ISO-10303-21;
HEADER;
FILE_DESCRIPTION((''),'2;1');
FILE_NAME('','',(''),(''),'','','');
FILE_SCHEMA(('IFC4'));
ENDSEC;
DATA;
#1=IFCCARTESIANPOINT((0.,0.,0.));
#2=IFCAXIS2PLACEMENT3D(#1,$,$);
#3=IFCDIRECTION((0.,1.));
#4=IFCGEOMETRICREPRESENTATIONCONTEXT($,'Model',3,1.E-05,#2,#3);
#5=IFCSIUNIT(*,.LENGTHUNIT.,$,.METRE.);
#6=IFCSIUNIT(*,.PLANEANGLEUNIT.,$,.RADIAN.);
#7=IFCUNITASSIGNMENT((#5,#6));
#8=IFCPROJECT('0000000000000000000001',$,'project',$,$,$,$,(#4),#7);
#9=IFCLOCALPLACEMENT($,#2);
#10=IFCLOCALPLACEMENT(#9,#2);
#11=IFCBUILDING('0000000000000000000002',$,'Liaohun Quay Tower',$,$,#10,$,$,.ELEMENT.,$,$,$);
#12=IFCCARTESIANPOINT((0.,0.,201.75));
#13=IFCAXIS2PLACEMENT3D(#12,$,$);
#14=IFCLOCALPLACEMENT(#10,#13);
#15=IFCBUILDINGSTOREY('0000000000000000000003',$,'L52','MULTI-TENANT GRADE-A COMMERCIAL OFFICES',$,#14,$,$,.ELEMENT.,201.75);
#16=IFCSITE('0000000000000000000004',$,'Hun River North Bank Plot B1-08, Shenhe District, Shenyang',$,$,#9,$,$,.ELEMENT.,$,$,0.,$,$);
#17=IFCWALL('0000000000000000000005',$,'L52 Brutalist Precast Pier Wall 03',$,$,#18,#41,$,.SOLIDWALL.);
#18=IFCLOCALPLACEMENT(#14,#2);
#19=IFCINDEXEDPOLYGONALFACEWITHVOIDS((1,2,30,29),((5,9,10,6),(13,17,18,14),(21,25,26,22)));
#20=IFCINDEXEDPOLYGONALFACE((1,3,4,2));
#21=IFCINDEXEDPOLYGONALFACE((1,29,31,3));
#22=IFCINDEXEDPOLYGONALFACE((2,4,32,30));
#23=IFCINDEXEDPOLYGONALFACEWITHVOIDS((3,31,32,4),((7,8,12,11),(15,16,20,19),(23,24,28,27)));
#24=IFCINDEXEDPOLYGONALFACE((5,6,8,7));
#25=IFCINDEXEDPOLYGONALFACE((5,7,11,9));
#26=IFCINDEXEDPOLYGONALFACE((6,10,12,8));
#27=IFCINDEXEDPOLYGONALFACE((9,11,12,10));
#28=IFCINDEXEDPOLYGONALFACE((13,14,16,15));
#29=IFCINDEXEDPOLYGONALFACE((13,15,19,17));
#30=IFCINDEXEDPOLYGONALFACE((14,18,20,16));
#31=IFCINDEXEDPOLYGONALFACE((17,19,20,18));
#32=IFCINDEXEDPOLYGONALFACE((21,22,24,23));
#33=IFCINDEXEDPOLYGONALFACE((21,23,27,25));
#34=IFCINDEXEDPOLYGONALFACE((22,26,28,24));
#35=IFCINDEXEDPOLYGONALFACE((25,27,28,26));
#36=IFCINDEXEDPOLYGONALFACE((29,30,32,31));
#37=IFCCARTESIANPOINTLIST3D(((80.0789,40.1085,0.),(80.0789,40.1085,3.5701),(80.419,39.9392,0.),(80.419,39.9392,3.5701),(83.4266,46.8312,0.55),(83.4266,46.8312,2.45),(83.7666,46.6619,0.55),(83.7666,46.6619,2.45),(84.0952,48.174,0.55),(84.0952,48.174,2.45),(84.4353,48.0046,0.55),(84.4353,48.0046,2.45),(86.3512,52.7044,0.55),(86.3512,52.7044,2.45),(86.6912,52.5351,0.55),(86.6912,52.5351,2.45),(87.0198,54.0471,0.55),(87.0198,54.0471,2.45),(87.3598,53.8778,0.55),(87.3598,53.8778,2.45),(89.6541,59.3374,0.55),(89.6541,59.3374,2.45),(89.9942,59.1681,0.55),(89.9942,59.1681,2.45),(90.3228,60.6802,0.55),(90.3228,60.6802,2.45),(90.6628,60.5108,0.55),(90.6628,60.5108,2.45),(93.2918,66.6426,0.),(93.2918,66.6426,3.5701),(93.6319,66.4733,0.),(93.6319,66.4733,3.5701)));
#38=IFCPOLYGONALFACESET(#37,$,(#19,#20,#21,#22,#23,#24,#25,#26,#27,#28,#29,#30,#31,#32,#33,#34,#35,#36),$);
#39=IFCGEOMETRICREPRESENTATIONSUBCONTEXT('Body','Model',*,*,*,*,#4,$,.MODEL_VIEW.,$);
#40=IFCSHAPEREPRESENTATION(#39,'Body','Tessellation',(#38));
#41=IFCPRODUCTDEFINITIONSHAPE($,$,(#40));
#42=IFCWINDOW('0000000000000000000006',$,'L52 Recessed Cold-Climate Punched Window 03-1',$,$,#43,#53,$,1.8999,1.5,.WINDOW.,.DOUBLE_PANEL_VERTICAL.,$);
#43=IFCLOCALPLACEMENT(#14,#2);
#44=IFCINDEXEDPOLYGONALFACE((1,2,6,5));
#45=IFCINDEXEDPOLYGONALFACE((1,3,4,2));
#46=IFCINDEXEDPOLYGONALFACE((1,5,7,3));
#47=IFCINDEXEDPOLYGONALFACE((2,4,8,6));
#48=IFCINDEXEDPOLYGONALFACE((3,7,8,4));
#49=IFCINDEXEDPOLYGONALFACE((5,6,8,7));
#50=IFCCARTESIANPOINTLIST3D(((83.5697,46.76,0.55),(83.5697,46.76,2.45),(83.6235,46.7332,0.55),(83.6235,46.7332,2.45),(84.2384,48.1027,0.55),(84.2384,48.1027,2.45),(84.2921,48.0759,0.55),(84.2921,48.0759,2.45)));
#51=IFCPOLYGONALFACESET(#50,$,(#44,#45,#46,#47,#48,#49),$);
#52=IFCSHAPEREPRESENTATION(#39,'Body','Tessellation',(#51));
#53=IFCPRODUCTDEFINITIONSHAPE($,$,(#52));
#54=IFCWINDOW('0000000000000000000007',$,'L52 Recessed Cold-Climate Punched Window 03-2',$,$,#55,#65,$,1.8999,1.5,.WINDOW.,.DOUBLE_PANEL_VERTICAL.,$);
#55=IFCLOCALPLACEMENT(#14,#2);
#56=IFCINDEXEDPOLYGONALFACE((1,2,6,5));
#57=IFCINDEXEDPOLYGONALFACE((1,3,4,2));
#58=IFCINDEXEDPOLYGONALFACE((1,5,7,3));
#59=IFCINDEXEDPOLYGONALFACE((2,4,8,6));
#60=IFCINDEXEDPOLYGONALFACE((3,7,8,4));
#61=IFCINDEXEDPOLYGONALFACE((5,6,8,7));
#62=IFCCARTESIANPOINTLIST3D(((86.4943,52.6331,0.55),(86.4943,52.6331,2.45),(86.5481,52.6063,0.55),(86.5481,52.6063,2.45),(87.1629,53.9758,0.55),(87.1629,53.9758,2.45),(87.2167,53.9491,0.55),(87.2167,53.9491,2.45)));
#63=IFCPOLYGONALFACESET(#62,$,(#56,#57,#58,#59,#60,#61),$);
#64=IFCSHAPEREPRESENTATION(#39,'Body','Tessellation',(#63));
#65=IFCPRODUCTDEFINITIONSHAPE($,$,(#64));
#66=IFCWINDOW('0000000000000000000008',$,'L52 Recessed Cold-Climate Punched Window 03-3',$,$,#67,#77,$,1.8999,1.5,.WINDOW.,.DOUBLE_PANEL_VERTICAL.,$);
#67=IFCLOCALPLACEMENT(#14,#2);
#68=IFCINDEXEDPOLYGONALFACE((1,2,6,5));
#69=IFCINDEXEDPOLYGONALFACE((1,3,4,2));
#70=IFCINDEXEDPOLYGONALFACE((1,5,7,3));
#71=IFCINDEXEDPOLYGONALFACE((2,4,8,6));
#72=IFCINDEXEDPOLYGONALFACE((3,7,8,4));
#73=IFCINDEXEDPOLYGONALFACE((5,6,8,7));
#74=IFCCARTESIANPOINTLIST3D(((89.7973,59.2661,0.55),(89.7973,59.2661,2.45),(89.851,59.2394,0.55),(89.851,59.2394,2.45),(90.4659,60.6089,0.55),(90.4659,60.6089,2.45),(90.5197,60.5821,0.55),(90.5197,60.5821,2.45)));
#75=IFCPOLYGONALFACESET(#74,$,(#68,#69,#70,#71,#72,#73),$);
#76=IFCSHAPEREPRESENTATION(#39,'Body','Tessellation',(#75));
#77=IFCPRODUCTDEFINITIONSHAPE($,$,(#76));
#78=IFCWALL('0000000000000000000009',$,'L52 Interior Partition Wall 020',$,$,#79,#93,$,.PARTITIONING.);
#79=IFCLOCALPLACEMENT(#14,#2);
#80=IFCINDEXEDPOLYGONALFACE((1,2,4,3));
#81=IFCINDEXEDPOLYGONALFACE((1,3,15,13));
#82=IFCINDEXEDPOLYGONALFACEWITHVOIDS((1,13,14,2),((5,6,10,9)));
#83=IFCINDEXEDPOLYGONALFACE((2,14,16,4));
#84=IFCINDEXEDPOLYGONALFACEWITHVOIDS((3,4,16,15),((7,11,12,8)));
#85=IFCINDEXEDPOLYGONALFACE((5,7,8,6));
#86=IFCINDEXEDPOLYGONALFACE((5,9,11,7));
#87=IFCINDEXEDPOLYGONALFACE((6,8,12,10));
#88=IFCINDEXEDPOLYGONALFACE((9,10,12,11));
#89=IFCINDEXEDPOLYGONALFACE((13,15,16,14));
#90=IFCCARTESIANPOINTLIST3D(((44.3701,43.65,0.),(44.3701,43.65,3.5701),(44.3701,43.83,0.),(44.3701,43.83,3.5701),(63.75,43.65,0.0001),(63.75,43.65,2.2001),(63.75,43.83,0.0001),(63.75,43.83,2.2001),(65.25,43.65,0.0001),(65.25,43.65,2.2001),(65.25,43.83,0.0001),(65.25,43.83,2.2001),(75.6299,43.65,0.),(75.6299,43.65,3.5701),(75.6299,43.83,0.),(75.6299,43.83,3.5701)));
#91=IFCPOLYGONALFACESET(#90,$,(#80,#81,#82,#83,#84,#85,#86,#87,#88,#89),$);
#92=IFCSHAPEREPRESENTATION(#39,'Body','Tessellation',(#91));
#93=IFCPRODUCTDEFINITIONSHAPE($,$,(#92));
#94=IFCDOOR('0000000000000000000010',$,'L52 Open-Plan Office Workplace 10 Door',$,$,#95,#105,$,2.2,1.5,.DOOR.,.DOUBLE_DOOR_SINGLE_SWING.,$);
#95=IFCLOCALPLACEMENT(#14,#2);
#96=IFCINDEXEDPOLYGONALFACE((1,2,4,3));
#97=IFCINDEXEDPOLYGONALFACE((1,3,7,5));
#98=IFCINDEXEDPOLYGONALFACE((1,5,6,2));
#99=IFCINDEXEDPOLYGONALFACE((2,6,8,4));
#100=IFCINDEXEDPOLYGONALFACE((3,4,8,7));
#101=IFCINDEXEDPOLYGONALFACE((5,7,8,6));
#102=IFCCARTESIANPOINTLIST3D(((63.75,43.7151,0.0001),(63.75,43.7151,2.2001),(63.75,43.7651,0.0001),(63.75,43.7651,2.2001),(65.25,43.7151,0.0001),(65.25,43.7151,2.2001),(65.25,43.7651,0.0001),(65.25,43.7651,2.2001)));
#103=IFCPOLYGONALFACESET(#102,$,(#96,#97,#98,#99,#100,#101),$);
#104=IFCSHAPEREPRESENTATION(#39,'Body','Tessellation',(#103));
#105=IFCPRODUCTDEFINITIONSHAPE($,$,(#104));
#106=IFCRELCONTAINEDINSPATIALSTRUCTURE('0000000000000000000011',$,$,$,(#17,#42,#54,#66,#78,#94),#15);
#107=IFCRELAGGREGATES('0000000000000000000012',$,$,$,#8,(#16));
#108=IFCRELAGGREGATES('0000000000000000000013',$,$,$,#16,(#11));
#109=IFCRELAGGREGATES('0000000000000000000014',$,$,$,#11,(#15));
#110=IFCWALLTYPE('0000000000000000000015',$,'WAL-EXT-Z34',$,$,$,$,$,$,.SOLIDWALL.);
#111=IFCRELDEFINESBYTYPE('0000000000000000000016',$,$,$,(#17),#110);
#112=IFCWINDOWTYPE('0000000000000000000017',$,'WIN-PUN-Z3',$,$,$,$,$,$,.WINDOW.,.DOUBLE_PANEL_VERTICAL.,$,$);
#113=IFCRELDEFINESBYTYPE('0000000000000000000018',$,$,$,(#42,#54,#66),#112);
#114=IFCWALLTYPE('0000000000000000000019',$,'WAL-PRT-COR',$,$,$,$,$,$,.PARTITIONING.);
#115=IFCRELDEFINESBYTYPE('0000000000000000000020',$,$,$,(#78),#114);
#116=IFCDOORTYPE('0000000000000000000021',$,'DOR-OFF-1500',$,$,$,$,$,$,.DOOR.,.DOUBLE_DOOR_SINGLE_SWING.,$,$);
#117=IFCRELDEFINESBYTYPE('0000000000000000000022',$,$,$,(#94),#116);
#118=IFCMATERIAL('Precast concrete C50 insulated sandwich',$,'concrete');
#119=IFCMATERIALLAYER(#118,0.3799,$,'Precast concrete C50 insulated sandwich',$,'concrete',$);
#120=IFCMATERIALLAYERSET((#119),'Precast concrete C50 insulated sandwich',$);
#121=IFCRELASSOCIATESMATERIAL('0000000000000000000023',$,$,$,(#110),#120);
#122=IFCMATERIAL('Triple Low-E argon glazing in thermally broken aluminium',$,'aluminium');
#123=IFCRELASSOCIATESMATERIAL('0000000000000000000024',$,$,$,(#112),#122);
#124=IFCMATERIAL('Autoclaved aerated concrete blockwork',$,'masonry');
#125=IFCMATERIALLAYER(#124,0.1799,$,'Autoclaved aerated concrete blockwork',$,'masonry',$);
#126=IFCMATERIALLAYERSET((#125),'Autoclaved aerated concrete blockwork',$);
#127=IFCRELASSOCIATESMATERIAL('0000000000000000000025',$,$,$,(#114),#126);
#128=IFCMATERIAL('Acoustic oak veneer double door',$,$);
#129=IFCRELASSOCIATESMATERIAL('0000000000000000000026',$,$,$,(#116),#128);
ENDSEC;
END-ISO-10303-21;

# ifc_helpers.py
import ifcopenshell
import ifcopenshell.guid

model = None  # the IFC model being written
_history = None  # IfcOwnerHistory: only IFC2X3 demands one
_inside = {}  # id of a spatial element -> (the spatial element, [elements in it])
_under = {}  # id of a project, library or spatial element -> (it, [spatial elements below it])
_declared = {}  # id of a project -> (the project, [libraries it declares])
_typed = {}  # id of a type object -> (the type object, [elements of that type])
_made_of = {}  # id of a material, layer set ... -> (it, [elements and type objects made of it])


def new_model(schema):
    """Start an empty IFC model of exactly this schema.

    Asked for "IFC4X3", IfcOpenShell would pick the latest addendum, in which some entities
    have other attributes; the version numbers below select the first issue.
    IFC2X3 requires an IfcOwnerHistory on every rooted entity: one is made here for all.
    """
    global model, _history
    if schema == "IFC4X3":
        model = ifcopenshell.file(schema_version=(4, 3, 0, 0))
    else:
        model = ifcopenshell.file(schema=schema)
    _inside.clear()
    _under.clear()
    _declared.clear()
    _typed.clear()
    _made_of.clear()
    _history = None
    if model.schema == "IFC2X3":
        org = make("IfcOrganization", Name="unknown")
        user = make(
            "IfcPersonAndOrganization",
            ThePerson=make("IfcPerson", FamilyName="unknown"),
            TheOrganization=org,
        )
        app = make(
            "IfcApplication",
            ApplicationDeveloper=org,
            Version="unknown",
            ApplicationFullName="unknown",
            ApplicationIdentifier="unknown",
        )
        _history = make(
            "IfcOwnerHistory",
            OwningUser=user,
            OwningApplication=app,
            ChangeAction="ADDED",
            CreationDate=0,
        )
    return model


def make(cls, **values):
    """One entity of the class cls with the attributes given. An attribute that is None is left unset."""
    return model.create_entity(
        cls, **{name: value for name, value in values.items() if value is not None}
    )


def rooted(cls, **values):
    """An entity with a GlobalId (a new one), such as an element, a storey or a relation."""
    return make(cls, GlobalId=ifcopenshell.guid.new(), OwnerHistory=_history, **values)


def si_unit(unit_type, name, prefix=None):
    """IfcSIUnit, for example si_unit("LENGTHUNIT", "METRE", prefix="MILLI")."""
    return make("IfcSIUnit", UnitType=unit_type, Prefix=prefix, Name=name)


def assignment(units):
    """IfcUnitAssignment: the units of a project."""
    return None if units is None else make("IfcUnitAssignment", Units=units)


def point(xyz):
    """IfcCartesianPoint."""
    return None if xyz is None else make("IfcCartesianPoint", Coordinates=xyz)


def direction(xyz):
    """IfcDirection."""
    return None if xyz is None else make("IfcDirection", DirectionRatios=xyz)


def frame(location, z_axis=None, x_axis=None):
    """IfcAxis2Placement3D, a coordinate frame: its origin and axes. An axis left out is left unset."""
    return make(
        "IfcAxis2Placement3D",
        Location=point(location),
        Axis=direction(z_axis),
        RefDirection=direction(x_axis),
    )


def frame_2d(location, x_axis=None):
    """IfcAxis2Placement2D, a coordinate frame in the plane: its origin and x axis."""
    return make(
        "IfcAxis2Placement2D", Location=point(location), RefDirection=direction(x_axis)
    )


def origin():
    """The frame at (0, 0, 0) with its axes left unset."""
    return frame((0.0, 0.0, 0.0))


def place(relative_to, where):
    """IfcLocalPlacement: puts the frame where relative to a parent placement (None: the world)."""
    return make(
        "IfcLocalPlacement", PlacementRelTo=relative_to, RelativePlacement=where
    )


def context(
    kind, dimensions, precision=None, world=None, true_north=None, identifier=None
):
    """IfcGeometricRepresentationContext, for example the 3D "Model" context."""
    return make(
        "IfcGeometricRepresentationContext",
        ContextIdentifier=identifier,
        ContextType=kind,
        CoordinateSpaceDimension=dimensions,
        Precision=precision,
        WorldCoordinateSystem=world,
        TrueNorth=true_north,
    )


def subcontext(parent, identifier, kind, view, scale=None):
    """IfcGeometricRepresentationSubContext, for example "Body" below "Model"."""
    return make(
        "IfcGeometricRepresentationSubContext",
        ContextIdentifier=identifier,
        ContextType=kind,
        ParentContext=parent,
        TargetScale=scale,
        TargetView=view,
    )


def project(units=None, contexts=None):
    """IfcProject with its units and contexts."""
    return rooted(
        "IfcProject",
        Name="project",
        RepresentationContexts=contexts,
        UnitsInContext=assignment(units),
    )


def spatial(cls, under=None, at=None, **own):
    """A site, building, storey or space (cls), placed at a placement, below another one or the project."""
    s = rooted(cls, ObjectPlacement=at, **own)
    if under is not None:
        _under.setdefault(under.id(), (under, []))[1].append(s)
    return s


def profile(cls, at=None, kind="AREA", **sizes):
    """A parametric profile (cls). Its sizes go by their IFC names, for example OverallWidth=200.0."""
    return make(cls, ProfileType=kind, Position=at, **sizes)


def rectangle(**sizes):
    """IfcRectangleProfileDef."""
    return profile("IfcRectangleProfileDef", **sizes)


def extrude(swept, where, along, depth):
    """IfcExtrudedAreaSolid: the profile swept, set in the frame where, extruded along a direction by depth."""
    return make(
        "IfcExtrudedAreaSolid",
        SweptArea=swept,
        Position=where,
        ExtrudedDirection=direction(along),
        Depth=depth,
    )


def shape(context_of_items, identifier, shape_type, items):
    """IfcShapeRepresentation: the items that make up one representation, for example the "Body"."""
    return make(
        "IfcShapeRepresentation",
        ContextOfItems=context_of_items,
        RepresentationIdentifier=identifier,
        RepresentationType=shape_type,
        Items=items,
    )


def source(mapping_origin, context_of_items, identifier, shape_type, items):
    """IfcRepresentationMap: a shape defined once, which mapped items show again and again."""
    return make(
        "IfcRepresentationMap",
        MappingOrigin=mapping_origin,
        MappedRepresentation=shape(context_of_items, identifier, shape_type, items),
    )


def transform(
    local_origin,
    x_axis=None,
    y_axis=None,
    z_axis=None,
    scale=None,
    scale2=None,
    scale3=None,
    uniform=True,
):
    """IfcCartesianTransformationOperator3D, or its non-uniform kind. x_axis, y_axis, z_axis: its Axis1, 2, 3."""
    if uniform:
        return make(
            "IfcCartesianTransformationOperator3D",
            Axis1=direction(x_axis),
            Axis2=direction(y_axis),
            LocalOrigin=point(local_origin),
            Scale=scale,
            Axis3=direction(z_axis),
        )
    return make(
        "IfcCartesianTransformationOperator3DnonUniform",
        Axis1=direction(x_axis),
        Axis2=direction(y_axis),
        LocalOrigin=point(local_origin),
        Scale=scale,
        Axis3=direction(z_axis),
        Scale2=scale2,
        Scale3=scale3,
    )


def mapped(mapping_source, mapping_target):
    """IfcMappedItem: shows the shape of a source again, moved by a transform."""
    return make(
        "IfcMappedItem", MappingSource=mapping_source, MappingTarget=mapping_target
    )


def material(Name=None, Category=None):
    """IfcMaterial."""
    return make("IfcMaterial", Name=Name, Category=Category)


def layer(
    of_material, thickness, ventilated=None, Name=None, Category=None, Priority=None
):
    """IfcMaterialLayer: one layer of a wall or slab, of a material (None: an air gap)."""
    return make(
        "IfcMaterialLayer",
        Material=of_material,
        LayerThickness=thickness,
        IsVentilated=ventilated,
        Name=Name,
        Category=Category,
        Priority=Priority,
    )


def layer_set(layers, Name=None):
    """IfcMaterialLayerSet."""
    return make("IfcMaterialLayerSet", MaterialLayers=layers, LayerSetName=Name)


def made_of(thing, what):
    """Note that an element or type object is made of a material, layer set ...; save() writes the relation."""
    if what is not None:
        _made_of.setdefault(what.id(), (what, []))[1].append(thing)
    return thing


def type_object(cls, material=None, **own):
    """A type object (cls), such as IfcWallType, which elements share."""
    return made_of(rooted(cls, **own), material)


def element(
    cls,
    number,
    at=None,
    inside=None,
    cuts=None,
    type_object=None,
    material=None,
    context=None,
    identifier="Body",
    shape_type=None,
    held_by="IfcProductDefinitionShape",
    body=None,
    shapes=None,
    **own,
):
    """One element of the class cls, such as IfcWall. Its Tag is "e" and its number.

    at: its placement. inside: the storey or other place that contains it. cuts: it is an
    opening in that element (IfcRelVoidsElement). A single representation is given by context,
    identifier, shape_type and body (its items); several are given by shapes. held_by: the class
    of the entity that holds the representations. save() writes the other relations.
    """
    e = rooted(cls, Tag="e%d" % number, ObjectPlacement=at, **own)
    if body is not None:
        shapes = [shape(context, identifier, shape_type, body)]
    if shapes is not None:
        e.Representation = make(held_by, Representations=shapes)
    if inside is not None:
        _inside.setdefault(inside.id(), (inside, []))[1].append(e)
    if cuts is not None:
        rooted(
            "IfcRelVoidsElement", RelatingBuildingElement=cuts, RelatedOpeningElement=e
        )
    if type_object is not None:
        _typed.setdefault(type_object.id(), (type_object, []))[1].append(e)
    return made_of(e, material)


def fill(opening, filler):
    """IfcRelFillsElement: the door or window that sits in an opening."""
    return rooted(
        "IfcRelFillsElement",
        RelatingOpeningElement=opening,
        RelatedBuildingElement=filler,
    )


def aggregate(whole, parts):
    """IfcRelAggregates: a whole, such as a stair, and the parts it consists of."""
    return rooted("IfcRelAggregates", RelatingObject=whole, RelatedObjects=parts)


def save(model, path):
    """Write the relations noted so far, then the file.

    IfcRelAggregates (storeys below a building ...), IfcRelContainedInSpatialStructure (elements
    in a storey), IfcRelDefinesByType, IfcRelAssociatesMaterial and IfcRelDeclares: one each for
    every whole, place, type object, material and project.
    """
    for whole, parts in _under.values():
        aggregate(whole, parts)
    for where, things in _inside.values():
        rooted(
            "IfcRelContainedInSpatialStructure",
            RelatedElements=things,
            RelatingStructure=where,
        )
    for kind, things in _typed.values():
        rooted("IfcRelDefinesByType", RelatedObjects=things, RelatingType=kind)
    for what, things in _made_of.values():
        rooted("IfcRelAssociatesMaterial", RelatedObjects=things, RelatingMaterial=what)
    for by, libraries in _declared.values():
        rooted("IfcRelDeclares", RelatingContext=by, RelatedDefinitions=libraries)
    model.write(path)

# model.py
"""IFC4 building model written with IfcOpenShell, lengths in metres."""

from ifc_helpers import new_model, si_unit, direction, frame, frame_2d, origin, place, context, subcontext, project, spatial, rectangle, extrude, source, transform, mapped, material, layer, layer_set, type_object, element, fill, save


model = new_model("IFC4")

# Units and contexts
model_context = context("Model", 3, precision=1e-05, world=origin(), true_north=direction((0.0, 1.0)))
body_context = subcontext(model_context, "Body", "Model", "MODEL_VIEW")
ifc_project = project(units=[si_unit("LENGTHUNIT", "METRE"), si_unit("PLANEANGLEUNIT", "RADIAN")], contexts=[model_context])

# Site, building, storey
site_placement = place(None, origin())
site = spatial("IfcSite", under=ifc_project, at=site_placement, Name="Hun River North Bank Plot B1-08, Shenhe District, Shenyang", CompositionType="ELEMENT", RefElevation=0.0)
building_placement = place(site_placement, origin())
building = spatial("IfcBuilding", under=site, at=building_placement, Name="Liaohun Quay Tower", CompositionType="ELEMENT")
storey_placement = place(building_placement, frame((0.0, 0.0, 201.75)))
storey = spatial("IfcBuildingStorey", under=building, at=storey_placement, Name="L52", Description="MULTI-TENANT GRADE-A COMMERCIAL OFFICES", CompositionType="ELEMENT", Elevation=201.75)

# Shared definitions
ifc_material_1 = material(Name="Precast concrete C50 insulated sandwich", Category="concrete")
ifc_layer_1 = layer(ifc_material_1, 0.3799, Name="Precast concrete C50 insulated sandwich", Category="concrete")
ifc_layer_set_1 = layer_set([ifc_layer_1], Name="Precast concrete C50 insulated sandwich")
wall_type_1 = type_object("IfcWallType", Name="WAL-EXT-Z34", PredefinedType="SOLIDWALL", material=ifc_layer_set_1)

# Wall, openings, windows
shared_shape_1 = source(origin(), body_context, "Body", "SweptSolid", [
    extrude(rectangle(XDim=1.5, YDim=1.8999, at=frame_2d((0.75, 0.95))), frame((0.0, 0.2, 0.0), z_axis=(0.0, -1.0, 0.0), x_axis=(1.0, 0.0, 0.0)), (0.0, 0.0, 1.0), 0.3999),
])
ifc_material_2 = material(Name="Triple Low-E argon glazing in thermally broken aluminium", Category="aluminium")
window_type_1 = type_object("IfcWindowType", Name="WIN-PUN-Z3", PartitioningType="DOUBLE_PANEL_VERTICAL", PredefinedType="WINDOW", material=ifc_material_2)
shared_shape_2 = source(origin(), body_context, "Body", "SweptSolid", [
    extrude(rectangle(XDim=1.5, YDim=1.8999, at=frame_2d((0.75, 0.95))), frame((0.0, 0.03, 0.0), z_axis=(0.0, -1.0, 0.0), x_axis=(1.0, 0.0, 0.0)), (0.0, 0.0, 1.0), 0.0601),
])
wall_1_placement = place(storey_placement, frame((80.249, 40.0239, 0.0), z_axis=(0.0, 0.0, 1.0), x_axis=(0.44575, 0.895157, 0.0)))
wall_1 = element("IfcWall", 1, at=wall_1_placement, inside=storey, type_object=wall_type_1, Name="L52 Brutalist Precast Pier Wall 03", PredefinedType="SOLIDWALL", context=body_context, shape_type="SweptSolid", body=[
    extrude(rectangle(XDim=29.6418, YDim=0.3799, at=frame_2d((14.8208, 0.0))), origin(), (0.0, 0.0, 1.0), 3.5701),
])
opening_1_placement = place(wall_1_placement, frame((7.51, 0.0, 0.55)))
opening_1 = element("IfcOpeningElement", 2, at=opening_1_placement, cuts=wall_1, PredefinedType="OPENING", context=body_context, shape_type="MappedRepresentation", body=[
    mapped(shared_shape_1, transform((0.0, 0.0, 0.0), x_axis=(1.0, 0.0, 0.0), y_axis=(0.0, 1.0, 0.0), z_axis=(0.0, 0.0, 1.0), scale=1.0)),
])
opening_2_placement = place(wall_1_placement, frame((14.071, 0.0, 0.55)))
opening_2 = element("IfcOpeningElement", 3, at=opening_2_placement, cuts=wall_1, PredefinedType="OPENING", context=body_context, shape_type="MappedRepresentation", body=[
    mapped(shared_shape_1, transform((0.0, 0.0, 0.0), x_axis=(1.0, 0.0, 0.0), y_axis=(0.0, 1.0, 0.0), z_axis=(0.0, 0.0, 1.0), scale=1.0)),
])
opening_3_placement = place(wall_1_placement, frame((21.481, 0.0, 0.55)))
opening_3 = element("IfcOpeningElement", 4, at=opening_3_placement, cuts=wall_1, PredefinedType="OPENING", context=body_context, shape_type="MappedRepresentation", body=[
    mapped(shared_shape_1, transform((0.0, 0.0, 0.0), x_axis=(1.0, 0.0, 0.0), y_axis=(0.0, 1.0, 0.0), z_axis=(0.0, 0.0, 1.0), scale=1.0)),
])
window_1_placement = place(opening_1_placement, origin())
window_1 = element("IfcWindow", 5, at=window_1_placement, inside=storey, type_object=window_type_1, Name="L52 Recessed Cold-Climate Punched Window 03-1", OverallHeight=1.8999, OverallWidth=1.5, PartitioningType="DOUBLE_PANEL_VERTICAL", PredefinedType="WINDOW", context=body_context, shape_type="MappedRepresentation", body=[
    mapped(shared_shape_2, transform((0.0, 0.0, 0.0), x_axis=(1.0, 0.0, 0.0), y_axis=(0.0, 1.0, 0.0), z_axis=(0.0, 0.0, 1.0), scale=1.0)),
])
fill(opening_1, window_1)
window_2_placement = place(opening_2_placement, origin())
window_2 = element("IfcWindow", 6, at=window_2_placement, inside=storey, type_object=window_type_1, Name="L52 Recessed Cold-Climate Punched Window 03-2", OverallHeight=1.8999, OverallWidth=1.5, PartitioningType="DOUBLE_PANEL_VERTICAL", PredefinedType="WINDOW", context=body_context, shape_type="MappedRepresentation", body=[
    mapped(shared_shape_2, transform((0.0, 0.0, 0.0), x_axis=(1.0, 0.0, 0.0), y_axis=(0.0, 1.0, 0.0), z_axis=(0.0, 0.0, 1.0), scale=1.0)),
])
fill(opening_2, window_2)
window_3_placement = place(opening_3_placement, origin())
window_3 = element("IfcWindow", 7, at=window_3_placement, inside=storey, type_object=window_type_1, Name="L52 Recessed Cold-Climate Punched Window 03-3", OverallHeight=1.8999, OverallWidth=1.5, PartitioningType="DOUBLE_PANEL_VERTICAL", PredefinedType="WINDOW", context=body_context, shape_type="MappedRepresentation", body=[
    mapped(shared_shape_2, transform((0.0, 0.0, 0.0), x_axis=(1.0, 0.0, 0.0), y_axis=(0.0, 1.0, 0.0), z_axis=(0.0, 0.0, 1.0), scale=1.0)),
])
fill(opening_3, window_3)

# Wall, opening, door
ifc_material_3 = material(Name="Autoclaved aerated concrete blockwork", Category="masonry")
ifc_layer_2 = layer(ifc_material_3, 0.1799, Name="Autoclaved aerated concrete blockwork", Category="masonry")
ifc_layer_set_2 = layer_set([ifc_layer_2], Name="Autoclaved aerated concrete blockwork")
wall_type_2 = type_object("IfcWallType", Name="WAL-PRT-COR", PredefinedType="PARTITIONING", material=ifc_layer_set_2)
wall_2_placement = place(storey_placement, frame((75.6299, 43.74, 0.0), z_axis=(0.0, 0.0, 1.0), x_axis=(-1.0, 0.0, 0.0)))
wall_2 = element("IfcWall", 8, at=wall_2_placement, inside=storey, type_object=wall_type_2, Name="L52 Interior Partition Wall 020", PredefinedType="PARTITIONING", context=body_context, shape_type="SweptSolid", body=[
    extrude(rectangle(XDim=31.2598, YDim=0.1799, at=frame_2d((15.6299, 0.0))), origin(), (0.0, 0.0, 1.0), 3.5701),
])
shared_shape_3 = source(origin(), body_context, "Body", "SweptSolid", [
    extrude(rectangle(XDim=1.5, YDim=2.2, at=frame_2d((0.75, 1.1001))), frame((0.0, 0.0999, 0.0), z_axis=(0.0, -1.0, 0.0), x_axis=(1.0, 0.0, 0.0)), (0.0, 0.0, 1.0), 0.2),
])
opening_4_placement = place(wall_2_placement, frame((10.3799, 0.0, 0.0)))
opening_4 = element("IfcOpeningElement", 9, at=opening_4_placement, cuts=wall_2, PredefinedType="OPENING", context=body_context, shape_type="MappedRepresentation", body=[
    mapped(shared_shape_3, transform((0.0, 0.0, 0.0), x_axis=(1.0, 0.0, 0.0), y_axis=(0.0, 1.0, 0.0), z_axis=(0.0, 0.0, 1.0), scale=1.0)),
])
ifc_material_4 = material(Name="Acoustic oak veneer double door")
door_type = type_object("IfcDoorType", Name="DOR-OFF-1500", OperationType="DOUBLE_DOOR_SINGLE_SWING", PredefinedType="DOOR", material=ifc_material_4)
shared_shape_4 = source(origin(), body_context, "Body", "SweptSolid", [
    extrude(rectangle(XDim=1.5, YDim=2.2, at=frame_2d((0.75, 1.1001))), frame((0.0, 0.0249, 0.0), z_axis=(0.0, -1.0, 0.0), x_axis=(1.0, 0.0, 0.0)), (0.0, 0.0, 1.0), 0.05),
])
door_placement = place(opening_4_placement, origin())
door = element("IfcDoor", 10, at=door_placement, inside=storey, type_object=door_type, Name="L52 Open-Plan Office Workplace 10 Door", OperationType="DOUBLE_DOOR_SINGLE_SWING", OverallHeight=2.2, OverallWidth=1.5, PredefinedType="DOOR", context=body_context, shape_type="MappedRepresentation", body=[
    mapped(shared_shape_4, transform((0.0, 0.0, 0.0), x_axis=(1.0, 0.0, 0.0), y_axis=(0.0, 1.0, 0.0), z_axis=(0.0, 0.0, 1.0), scale=1.0)),
])
fill(opening_4, door)

save(model, "model.ifc")
